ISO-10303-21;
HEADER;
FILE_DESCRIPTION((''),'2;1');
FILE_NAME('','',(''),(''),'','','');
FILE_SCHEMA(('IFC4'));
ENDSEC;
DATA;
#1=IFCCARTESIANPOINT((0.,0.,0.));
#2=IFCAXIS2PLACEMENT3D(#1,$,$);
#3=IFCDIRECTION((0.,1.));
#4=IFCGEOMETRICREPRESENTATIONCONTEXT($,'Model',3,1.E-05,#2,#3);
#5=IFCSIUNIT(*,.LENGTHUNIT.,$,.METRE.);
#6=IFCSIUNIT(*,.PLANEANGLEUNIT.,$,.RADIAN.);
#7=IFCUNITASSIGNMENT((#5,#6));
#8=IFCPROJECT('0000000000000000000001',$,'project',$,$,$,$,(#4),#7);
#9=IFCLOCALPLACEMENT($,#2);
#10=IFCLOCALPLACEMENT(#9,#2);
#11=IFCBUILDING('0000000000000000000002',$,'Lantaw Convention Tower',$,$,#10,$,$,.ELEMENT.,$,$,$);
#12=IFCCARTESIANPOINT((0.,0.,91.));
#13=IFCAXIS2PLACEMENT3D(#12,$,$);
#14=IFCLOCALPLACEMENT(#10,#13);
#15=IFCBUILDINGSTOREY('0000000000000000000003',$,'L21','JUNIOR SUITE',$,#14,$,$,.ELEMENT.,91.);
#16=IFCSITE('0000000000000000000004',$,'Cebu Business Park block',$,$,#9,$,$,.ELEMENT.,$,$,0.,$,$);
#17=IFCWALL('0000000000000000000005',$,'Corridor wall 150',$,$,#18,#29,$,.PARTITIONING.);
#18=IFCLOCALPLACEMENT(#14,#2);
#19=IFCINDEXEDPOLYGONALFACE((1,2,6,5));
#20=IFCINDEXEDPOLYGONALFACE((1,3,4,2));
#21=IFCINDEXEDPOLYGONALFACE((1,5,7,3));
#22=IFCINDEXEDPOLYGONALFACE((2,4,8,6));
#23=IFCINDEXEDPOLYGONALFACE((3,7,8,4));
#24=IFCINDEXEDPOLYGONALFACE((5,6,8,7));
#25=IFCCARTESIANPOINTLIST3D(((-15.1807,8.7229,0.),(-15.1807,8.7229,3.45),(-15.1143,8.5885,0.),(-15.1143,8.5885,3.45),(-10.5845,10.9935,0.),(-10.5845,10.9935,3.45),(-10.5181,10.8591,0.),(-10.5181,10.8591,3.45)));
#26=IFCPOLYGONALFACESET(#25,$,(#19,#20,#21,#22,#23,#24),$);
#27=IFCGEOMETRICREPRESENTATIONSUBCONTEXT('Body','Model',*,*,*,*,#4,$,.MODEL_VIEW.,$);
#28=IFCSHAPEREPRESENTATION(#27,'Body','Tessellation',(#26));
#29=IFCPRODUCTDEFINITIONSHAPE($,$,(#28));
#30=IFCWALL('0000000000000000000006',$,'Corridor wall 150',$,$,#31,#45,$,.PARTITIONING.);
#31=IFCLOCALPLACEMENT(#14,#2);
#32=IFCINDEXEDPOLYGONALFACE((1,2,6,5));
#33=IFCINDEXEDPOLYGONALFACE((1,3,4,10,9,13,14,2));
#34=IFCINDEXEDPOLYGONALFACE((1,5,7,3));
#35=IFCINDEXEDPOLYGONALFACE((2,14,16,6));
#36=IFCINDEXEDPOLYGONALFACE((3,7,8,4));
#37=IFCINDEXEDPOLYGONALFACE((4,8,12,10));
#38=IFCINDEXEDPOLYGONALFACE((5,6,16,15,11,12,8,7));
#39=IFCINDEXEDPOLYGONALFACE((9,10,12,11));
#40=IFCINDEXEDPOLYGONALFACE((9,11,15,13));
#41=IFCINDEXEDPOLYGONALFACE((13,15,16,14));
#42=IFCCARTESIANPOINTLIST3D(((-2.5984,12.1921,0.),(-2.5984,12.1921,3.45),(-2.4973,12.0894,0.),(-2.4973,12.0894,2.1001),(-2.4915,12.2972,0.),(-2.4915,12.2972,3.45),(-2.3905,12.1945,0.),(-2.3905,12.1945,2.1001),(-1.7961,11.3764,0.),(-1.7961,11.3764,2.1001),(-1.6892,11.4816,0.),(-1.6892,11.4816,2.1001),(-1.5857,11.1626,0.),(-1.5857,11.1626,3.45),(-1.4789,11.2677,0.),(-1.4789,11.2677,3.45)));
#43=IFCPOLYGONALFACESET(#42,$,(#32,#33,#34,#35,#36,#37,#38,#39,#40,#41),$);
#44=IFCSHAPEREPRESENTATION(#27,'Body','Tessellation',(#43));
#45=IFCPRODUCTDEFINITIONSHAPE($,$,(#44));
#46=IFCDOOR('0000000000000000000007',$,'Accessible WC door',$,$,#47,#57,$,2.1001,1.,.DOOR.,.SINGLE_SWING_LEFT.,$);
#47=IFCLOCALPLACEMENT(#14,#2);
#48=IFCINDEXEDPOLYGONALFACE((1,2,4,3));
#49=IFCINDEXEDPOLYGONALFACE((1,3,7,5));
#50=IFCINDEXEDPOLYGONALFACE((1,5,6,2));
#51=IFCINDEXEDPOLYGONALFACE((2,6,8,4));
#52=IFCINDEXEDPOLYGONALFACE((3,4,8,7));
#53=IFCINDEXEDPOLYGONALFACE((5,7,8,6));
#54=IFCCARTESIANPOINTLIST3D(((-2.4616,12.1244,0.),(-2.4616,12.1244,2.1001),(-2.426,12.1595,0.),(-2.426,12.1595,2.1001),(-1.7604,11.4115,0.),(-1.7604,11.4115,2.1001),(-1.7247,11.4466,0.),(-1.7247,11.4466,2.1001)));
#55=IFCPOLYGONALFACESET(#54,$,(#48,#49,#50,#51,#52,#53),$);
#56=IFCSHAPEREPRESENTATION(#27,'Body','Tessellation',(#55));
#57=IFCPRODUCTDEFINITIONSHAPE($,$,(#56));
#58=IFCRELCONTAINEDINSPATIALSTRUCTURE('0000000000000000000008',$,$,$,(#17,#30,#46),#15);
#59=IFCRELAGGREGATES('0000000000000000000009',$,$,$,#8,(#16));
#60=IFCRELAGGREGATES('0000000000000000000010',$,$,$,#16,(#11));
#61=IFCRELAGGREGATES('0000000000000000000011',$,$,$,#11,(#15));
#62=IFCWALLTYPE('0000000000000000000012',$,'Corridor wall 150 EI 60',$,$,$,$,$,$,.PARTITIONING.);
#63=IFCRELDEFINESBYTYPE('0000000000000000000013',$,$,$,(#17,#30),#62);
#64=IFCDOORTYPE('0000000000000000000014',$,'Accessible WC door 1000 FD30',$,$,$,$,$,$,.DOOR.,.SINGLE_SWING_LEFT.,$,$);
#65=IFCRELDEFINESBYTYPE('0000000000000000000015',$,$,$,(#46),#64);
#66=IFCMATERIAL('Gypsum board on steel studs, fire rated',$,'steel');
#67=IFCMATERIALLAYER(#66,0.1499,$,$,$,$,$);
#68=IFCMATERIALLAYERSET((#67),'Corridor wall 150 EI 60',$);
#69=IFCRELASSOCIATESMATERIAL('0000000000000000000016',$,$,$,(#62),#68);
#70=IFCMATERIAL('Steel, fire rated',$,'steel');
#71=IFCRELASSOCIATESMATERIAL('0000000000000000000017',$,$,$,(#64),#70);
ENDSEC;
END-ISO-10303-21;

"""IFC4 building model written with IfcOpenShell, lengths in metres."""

from ifc_helpers import new_model, si_unit, direction, frame, frame_2d, origin, place, context, subcontext, project, spatial, rectangle, extrude, material, layer, layer_set, type_object, element, fill, save


model = new_model("IFC4")

# Units and contexts
model_context = context("Model", 3, precision=1e-05, world=origin(), true_north=direction((0.0, 1.0)))
body_context = subcontext(model_context, "Body", "Model", "MODEL_VIEW")
ifc_project = project(units=[si_unit("LENGTHUNIT", "METRE"), si_unit("PLANEANGLEUNIT", "RADIAN")], contexts=[model_context])

# Site, building, storey
site_placement = place(None, origin())
site = spatial("IfcSite", under=ifc_project, at=site_placement, Name="Cebu Business Park block", CompositionType="ELEMENT", RefElevation=0.0)
building_placement = place(site_placement, origin())
building = spatial("IfcBuilding", under=site, at=building_placement, Name="Lantaw Convention Tower", CompositionType="ELEMENT")
storey_placement = place(building_placement, frame((0.0, 0.0, 91.0)))
storey = spatial("IfcBuildingStorey", under=building, at=storey_placement, Name="L21", Description="JUNIOR SUITE", CompositionType="ELEMENT", Elevation=91.0)

# Shared definitions
ifc_material_1 = material(Name="Gypsum board on steel studs, fire rated", Category="steel")
ifc_layer_1 = layer(ifc_material_1, 0.1499)
ifc_layer_set_1 = layer_set([ifc_layer_1], Name="Corridor wall 150 EI 60")
wall_type_1 = type_object("IfcWallType", Name="Corridor wall 150 EI 60", PredefinedType="PARTITIONING", material=ifc_layer_set_1)
ifc_material_2 = material(Name="Steel, fire rated", Category="steel")

# Wall
wall_1_placement = place(storey_placement, frame((-10.5513, 10.9263, 0.0), z_axis=(0.0, 0.0, 1.0), x_axis=(-0.896569, -0.442903, 0.0)))
element("IfcWall", 1, at=wall_1_placement, inside=storey, type_object=wall_type_1, Name="Corridor wall 150", PredefinedType="PARTITIONING", context=body_context, shape_type="SweptSolid", body=[
    extrude(rectangle(XDim=5.1265, YDim=0.1499, at=frame_2d((2.5632, 0.0))), origin(), (0.0, 0.0, 1.0), 3.45),
])

# Wall, opening, door
wall_2_placement = place(storey_placement, frame((-1.5322, 11.2151, 0.0), z_axis=(0.0, 0.0, 1.0), x_axis=(-0.70125, 0.712915, 0.0)))
wall_2 = element("IfcWall", 2, at=wall_2_placement, inside=storey, type_object=wall_type_1, Name="Corridor wall 150", PredefinedType="PARTITIONING", context=body_context, shape_type="SweptSolid", body=[
    extrude(rectangle(XDim=1.4441, YDim=0.1499, at=frame_2d((0.7222, 0.0))), origin(), (0.0, 0.0, 1.0), 3.45),
])
opening_1_placement = place(wall_2_placement, frame((0.3, 0.0, 0.0)))
opening_1 = element("IfcOpeningElement", 3, at=opening_1_placement, cuts=wall_2, PredefinedType="OPENING", context=body_context, shape_type="SweptSolid", body=[
    extrude(rectangle(XDim=1.0, YDim=2.1001, at=frame_2d((0.5, 1.05))), frame((0.0, 0.085, 0.0), z_axis=(0.0, -1.0, 0.0), x_axis=(1.0, 0.0, 0.0)), (0.0, 0.0, 1.0), 0.1699),
])
door_type_1 = type_object("IfcDoorType", Name="Accessible WC door 1000 FD30", OperationType="SINGLE_SWING_LEFT", PredefinedType="DOOR", material=ifc_material_2)
door_1_placement = place(opening_1_placement, origin())
door_1 = element("IfcDoor", 4, at=door_1_placement, inside=storey, type_object=door_type_1, Name="Accessible WC door", OperationType="SINGLE_SWING_LEFT", OverallHeight=2.1001, OverallWidth=1.0, PredefinedType="DOOR", context=body_context, shape_type="SweptSolid", body=[
    extrude(rectangle(XDim=1.0, YDim=2.1001, at=frame_2d((0.5, 1.05))), frame((0.0, 0.0249, 0.0), z_axis=(0.0, -1.0, 0.0), x_axis=(1.0, 0.0, 0.0)), (0.0, 0.0, 1.0), 0.05),
])
fill(opening_1, door_1)

save(model, "model.ifc")
